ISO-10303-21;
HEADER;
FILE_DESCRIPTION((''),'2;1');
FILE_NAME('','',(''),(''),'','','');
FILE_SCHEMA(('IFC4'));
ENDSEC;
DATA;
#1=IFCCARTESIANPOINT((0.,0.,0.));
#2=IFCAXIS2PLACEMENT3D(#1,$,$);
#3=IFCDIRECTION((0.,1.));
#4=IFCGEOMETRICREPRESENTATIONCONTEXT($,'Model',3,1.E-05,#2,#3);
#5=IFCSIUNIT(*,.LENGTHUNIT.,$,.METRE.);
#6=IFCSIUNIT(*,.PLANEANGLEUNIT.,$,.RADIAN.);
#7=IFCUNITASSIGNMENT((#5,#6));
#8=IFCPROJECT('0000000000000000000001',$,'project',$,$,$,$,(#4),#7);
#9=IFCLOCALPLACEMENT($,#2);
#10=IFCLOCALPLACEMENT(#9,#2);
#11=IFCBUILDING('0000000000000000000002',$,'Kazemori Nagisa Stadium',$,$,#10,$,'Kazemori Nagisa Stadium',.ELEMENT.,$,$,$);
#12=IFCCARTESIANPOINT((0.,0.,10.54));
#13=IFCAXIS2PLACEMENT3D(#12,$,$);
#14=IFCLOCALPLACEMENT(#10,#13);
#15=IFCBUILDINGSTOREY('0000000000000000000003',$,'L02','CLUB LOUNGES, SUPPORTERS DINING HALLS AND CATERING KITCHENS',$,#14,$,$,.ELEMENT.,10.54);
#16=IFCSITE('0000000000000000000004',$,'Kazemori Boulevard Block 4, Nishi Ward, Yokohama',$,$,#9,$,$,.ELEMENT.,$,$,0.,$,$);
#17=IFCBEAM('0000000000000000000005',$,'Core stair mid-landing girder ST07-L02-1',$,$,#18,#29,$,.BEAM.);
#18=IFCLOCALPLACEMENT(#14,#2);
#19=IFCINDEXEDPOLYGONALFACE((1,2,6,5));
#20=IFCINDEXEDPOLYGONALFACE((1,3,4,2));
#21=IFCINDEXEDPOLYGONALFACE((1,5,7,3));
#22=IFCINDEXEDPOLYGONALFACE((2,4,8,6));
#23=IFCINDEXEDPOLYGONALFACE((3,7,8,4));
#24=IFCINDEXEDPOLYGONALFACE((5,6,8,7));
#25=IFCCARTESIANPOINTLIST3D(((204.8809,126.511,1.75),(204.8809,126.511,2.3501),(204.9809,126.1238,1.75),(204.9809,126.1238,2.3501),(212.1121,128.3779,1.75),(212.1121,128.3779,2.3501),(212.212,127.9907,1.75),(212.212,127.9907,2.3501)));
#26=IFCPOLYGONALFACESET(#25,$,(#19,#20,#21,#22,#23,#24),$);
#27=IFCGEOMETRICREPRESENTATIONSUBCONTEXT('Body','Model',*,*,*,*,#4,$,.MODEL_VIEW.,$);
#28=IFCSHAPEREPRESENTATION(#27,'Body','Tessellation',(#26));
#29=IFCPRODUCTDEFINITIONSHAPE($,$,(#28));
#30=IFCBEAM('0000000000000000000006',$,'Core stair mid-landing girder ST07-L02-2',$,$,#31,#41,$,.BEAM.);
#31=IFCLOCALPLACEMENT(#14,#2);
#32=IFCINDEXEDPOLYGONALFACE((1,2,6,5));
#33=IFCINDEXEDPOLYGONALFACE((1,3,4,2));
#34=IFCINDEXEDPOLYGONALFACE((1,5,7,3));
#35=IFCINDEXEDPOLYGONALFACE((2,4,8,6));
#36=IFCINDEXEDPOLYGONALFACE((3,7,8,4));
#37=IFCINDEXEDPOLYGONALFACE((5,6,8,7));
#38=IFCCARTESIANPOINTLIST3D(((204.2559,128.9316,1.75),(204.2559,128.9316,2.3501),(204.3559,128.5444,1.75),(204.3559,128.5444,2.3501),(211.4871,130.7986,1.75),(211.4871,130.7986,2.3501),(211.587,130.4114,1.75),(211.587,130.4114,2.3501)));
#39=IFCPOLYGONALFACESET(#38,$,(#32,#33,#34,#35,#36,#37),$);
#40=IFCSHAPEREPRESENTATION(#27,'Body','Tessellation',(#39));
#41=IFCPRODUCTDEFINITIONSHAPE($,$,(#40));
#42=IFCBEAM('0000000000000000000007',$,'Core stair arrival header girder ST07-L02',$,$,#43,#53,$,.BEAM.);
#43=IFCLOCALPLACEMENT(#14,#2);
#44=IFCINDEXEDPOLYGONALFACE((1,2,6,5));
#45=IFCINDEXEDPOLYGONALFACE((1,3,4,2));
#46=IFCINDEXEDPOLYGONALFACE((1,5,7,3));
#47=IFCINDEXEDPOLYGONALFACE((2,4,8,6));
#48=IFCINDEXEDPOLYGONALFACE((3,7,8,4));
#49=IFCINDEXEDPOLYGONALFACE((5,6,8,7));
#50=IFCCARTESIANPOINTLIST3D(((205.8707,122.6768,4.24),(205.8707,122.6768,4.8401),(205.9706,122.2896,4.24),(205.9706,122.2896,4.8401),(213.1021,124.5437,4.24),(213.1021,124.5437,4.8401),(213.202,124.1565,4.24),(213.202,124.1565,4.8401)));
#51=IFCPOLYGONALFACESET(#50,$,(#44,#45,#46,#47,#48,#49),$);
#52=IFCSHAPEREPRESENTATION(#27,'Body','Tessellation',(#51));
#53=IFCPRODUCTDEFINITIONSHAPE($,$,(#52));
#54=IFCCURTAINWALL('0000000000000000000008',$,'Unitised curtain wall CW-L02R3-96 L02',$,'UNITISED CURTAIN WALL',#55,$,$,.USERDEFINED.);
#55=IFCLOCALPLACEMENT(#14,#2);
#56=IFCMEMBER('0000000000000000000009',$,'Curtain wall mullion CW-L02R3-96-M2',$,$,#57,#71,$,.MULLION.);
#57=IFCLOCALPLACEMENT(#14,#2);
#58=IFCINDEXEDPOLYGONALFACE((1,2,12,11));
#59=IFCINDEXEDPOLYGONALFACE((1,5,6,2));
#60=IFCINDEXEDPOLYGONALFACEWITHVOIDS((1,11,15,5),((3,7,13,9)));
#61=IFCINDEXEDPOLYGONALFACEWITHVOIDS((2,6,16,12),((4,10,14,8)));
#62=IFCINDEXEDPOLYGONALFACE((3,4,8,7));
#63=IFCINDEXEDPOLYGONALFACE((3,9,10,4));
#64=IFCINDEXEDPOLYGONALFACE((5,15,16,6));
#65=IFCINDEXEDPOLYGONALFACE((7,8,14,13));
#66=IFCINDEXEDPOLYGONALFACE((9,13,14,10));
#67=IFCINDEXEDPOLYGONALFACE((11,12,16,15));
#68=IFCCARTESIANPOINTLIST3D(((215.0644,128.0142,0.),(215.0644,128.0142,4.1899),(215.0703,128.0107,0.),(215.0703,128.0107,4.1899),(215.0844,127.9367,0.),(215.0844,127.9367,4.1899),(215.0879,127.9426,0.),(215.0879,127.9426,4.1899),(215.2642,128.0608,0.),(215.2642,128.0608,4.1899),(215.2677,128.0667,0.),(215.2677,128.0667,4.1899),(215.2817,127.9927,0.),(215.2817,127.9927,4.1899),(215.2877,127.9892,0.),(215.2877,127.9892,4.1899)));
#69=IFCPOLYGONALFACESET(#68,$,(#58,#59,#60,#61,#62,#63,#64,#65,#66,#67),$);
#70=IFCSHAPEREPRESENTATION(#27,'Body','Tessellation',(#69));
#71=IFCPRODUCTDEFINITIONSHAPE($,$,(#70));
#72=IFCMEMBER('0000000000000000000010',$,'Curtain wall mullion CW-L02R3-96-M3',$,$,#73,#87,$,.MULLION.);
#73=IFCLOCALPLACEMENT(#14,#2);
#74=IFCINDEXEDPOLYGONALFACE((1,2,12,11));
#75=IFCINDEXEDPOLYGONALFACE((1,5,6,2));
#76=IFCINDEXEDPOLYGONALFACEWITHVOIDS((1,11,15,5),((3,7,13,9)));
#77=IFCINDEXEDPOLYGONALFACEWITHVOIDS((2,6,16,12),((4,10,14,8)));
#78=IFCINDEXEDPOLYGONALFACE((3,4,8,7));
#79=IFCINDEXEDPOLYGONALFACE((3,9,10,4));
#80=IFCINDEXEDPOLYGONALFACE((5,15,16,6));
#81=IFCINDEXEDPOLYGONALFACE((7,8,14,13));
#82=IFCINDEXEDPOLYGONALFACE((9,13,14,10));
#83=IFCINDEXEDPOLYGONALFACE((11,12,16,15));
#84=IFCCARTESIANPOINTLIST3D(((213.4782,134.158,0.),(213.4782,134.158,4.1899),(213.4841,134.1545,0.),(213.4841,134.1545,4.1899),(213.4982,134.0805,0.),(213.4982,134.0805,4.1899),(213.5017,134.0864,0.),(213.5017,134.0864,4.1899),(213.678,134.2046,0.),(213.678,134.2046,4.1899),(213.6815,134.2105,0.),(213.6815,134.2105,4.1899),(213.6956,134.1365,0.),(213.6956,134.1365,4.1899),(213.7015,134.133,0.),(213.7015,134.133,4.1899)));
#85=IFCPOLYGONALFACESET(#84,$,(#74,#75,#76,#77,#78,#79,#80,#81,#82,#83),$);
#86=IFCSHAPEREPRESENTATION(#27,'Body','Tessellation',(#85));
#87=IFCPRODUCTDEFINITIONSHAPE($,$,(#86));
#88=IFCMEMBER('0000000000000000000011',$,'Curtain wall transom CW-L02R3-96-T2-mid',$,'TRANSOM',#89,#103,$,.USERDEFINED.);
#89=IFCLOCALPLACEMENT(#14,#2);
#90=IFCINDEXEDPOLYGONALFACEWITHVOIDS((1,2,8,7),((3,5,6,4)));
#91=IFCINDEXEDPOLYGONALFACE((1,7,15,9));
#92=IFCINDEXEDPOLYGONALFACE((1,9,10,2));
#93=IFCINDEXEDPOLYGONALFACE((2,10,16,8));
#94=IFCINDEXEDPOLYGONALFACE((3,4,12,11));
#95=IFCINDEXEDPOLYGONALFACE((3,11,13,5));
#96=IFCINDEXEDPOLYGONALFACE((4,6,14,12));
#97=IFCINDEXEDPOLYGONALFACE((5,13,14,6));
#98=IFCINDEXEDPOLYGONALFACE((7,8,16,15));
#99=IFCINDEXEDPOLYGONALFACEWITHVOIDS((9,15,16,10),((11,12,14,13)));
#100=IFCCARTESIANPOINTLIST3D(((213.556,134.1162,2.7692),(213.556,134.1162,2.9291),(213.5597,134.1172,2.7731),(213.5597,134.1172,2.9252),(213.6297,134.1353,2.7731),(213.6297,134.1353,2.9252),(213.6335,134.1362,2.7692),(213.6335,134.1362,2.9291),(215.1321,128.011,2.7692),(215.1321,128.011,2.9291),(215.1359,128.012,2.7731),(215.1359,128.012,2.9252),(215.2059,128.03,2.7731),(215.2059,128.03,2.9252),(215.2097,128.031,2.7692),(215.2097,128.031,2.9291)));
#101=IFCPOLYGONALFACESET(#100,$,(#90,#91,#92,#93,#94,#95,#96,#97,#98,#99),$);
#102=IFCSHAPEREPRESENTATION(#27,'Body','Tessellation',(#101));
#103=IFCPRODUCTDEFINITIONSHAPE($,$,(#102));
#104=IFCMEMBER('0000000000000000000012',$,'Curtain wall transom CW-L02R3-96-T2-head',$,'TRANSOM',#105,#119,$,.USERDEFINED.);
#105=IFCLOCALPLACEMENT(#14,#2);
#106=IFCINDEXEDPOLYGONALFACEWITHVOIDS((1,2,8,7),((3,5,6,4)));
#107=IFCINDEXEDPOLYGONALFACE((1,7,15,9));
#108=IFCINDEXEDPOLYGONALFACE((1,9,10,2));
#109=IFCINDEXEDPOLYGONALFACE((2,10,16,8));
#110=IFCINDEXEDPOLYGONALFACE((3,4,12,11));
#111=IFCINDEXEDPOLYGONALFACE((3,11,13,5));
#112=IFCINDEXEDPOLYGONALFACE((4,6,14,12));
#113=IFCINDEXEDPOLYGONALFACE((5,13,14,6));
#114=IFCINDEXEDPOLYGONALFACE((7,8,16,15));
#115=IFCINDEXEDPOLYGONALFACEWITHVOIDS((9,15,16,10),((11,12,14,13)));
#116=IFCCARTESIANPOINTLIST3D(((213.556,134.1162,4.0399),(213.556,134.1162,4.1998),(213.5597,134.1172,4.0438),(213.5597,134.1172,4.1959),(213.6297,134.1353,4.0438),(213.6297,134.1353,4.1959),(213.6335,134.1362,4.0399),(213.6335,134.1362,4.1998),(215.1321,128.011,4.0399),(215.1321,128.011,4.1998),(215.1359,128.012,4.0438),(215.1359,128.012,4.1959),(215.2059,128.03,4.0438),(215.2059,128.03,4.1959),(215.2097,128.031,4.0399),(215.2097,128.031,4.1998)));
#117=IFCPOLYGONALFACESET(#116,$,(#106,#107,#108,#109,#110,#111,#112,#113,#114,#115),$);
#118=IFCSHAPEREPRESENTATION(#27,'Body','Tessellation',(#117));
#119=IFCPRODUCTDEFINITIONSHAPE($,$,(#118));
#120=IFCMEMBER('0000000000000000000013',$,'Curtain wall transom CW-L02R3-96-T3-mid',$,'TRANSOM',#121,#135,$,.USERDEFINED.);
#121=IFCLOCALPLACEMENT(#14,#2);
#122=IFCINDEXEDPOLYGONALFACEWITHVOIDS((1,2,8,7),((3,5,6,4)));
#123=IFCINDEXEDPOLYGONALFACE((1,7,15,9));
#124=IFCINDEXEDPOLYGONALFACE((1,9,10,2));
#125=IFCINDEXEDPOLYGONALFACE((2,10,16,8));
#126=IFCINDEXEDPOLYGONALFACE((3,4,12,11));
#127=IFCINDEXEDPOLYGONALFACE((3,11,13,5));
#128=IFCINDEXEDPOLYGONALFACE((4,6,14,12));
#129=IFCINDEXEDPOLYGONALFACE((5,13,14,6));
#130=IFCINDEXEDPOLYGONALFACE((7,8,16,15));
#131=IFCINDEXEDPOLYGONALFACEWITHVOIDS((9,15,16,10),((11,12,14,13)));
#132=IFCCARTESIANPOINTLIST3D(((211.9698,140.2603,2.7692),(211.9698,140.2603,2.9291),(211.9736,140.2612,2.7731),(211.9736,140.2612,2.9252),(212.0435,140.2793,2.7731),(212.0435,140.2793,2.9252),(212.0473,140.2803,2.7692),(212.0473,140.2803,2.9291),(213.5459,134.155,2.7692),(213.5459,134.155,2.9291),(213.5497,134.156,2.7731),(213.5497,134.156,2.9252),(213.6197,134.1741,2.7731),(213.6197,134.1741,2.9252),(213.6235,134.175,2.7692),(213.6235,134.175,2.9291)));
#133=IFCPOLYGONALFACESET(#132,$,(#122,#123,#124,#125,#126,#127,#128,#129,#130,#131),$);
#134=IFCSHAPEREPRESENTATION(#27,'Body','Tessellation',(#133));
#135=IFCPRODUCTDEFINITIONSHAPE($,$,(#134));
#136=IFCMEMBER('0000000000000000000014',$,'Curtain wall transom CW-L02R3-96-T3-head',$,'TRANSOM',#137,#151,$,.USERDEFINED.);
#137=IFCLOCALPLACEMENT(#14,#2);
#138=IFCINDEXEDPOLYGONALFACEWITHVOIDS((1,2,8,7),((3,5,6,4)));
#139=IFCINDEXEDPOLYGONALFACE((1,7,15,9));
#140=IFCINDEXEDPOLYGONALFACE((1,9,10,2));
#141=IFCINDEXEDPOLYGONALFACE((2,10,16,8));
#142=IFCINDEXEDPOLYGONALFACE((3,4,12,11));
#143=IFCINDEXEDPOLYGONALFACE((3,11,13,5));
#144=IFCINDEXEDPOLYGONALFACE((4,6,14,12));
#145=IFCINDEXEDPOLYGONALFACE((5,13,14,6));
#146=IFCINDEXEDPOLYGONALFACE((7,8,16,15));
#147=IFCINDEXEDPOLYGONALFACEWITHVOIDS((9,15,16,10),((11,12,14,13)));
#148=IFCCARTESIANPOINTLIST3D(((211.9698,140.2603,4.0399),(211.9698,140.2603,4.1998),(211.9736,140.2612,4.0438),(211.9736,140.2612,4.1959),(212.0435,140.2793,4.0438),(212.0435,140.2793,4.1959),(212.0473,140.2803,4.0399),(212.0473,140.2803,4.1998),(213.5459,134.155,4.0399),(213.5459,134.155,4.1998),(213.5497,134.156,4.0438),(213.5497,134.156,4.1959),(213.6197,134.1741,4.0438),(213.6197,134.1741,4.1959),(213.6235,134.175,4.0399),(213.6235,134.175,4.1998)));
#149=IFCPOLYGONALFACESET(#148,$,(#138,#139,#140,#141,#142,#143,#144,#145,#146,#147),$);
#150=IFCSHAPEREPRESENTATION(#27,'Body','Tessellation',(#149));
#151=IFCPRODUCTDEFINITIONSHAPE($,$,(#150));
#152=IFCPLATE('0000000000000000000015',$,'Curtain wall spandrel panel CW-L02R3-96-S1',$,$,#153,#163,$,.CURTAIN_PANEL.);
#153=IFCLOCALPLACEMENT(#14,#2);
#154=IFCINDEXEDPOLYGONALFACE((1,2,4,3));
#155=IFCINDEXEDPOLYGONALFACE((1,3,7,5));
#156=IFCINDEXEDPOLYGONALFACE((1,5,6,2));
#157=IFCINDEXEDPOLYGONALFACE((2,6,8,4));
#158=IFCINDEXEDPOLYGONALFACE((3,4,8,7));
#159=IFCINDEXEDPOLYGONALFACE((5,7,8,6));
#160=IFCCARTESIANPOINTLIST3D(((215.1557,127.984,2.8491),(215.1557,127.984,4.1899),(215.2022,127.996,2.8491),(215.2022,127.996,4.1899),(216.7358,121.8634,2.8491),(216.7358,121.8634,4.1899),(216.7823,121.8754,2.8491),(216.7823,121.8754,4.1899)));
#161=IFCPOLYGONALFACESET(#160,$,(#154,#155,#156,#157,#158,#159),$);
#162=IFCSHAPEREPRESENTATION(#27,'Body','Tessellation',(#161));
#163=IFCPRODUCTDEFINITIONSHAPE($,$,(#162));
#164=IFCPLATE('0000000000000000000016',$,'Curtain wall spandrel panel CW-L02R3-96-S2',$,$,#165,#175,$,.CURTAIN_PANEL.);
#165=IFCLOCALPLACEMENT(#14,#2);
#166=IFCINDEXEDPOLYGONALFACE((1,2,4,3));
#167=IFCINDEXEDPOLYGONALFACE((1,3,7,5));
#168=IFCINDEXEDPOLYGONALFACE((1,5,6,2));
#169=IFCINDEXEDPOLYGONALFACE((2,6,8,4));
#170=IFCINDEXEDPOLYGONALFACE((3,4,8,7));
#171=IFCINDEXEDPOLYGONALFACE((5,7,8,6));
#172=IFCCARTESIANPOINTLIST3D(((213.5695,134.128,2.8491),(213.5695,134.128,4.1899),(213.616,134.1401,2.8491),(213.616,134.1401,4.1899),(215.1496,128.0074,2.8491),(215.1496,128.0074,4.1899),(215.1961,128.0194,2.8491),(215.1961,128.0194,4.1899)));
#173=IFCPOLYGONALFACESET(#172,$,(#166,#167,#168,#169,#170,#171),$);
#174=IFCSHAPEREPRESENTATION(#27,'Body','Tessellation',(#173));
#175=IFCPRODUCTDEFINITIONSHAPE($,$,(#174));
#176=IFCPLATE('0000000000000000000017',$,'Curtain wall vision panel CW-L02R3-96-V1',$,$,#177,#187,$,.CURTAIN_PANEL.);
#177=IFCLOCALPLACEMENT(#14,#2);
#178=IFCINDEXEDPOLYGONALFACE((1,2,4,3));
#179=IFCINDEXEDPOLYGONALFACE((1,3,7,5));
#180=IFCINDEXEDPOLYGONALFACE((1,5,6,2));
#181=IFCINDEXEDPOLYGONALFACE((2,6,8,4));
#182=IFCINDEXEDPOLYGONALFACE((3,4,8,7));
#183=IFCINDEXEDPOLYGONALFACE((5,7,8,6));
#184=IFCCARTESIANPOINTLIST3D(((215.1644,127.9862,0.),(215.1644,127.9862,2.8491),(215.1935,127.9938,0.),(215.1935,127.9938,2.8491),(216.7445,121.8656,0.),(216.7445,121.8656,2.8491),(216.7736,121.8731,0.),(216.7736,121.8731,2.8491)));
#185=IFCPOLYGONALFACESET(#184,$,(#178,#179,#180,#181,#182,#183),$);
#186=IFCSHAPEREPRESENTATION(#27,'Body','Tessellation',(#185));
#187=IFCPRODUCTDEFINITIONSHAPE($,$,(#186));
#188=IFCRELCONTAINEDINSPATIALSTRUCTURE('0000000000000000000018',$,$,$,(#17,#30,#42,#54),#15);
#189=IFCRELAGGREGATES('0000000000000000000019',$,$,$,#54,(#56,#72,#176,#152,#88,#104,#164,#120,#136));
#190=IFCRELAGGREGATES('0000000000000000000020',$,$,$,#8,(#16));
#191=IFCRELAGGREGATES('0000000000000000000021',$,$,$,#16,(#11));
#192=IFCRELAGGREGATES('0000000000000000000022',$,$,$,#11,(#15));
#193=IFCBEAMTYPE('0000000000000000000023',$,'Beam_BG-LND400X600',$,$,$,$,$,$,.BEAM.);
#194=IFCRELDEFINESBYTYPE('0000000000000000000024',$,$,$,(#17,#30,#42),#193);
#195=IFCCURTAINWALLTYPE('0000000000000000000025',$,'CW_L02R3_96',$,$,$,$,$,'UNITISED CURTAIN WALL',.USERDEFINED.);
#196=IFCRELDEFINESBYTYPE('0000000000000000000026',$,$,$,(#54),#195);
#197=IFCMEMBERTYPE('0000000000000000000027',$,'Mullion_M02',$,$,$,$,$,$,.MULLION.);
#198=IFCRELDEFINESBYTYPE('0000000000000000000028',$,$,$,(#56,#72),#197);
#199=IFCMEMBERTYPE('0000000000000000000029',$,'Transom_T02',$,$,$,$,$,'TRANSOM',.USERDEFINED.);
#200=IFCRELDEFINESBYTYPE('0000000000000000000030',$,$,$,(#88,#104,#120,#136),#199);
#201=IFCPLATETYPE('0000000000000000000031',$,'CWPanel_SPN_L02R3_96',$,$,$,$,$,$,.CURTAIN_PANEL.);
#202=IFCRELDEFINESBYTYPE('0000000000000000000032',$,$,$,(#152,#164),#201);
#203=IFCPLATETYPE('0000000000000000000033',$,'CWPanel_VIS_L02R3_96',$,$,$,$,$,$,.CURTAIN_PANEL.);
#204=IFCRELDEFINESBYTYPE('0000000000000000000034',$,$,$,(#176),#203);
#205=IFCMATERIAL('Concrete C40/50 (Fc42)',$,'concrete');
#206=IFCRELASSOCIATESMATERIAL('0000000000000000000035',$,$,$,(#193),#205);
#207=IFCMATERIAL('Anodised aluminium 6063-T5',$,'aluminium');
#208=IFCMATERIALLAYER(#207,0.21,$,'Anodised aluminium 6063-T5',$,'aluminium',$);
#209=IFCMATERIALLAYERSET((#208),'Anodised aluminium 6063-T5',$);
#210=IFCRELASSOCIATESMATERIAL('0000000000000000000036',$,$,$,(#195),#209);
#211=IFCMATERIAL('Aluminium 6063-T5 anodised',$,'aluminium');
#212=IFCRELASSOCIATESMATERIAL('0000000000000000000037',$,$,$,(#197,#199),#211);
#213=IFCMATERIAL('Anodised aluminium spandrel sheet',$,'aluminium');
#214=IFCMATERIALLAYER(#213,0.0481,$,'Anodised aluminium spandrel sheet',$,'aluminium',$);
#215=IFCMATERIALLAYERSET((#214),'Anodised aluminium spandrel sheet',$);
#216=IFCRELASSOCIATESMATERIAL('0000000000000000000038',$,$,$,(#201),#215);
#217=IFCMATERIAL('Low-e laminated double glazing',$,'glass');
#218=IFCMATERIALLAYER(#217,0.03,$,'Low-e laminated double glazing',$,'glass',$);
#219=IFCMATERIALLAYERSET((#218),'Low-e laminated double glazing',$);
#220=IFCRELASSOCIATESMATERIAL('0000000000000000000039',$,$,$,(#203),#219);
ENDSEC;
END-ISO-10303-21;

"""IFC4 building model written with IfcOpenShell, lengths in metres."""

from ifc_helpers import new_model, si_unit, direction, frame, origin, origin_2d, place, context, subcontext, project, spatial, rectangle, hollow_rectangle, extrude, material, layer, layer_set, material_profile, profile_set, type_object, element, aggregate, save


model = new_model("IFC4")

# Units and contexts
model_context = context("Model", 3, precision=1e-05, world=origin(), true_north=direction((0.0, 1.0)))
body_context = subcontext(model_context, "Body", "Model", "MODEL_VIEW")
ifc_project = project(units=[si_unit("LENGTHUNIT", "METRE"), si_unit("PLANEANGLEUNIT", "RADIAN")], contexts=[model_context])

# Site, building, storey
site_placement = place(None, origin())
site = spatial("IfcSite", under=ifc_project, at=site_placement, Name="Kazemori Boulevard Block 4, Nishi Ward, Yokohama", CompositionType="ELEMENT", RefElevation=0.0)
building_placement = place(site_placement, origin())
building = spatial("IfcBuilding", under=site, at=building_placement, Name="Kazemori Nagisa Stadium", LongName="Kazemori Nagisa Stadium", CompositionType="ELEMENT")
storey_placement = place(building_placement, frame((0.0, 0.0, 10.54)))
storey = spatial("IfcBuildingStorey", under=building, at=storey_placement, Name="L02", Description="CLUB LOUNGES, SUPPORTERS DINING HALLS AND CATERING KITCHENS", CompositionType="ELEMENT", Elevation=10.54)

# Beams
ifc_material_1 = material(Name="Concrete C40/50 (Fc42)", Category="concrete")
ifc_material_profile_1 = material_profile(ifc_material_1, rectangle(XDim=0.3999, YDim=0.6001, at=origin_2d()), Name="RC-BM-400x600")
ifc_profile_set_1 = profile_set([ifc_material_profile_1], Name="Concrete C40/50 (Fc42)")
beam_type = type_object("IfcBeamType", Name="Beam_BG-LND400X600", PredefinedType="BEAM", material=ifc_profile_set_1)
for number, where, z_axis, x_axis, name in (
    (1, (204.9309, 126.3174, 2.05), (0.968251, 0.249982, 0.0), (-0.249982, 0.968251, 0.0), "Core stair mid-landing girder ST07-L02-1"),
    (2, (204.3059, 128.738, 2.05), (0.968251, 0.249982, 0.0), (-0.249982, 0.968251, 0.0), "Core stair mid-landing girder ST07-L02-2"),
):
    element("IfcBeam", number, at=place(storey_placement, frame(where, z_axis=z_axis, x_axis=x_axis)), inside=storey, type_object=beam_type, Name=name, PredefinedType="BEAM", context=body_context, shape_type="SweptSolid", body=[
        extrude(rectangle(XDim=0.3999, YDim=0.6001, at=origin_2d()), origin(), (0.0, 0.0, 1.0), 7.4683),
    ])
beam_placement = place(storey_placement, frame((205.9207, 122.4832, 4.54), z_axis=(0.968253, 0.249974, 0.0), x_axis=(-0.249974, 0.968253, 0.0)))
element("IfcBeam", 3, at=beam_placement, inside=storey, type_object=beam_type, Name="Core stair arrival header girder ST07-L02", PredefinedType="BEAM", context=body_context, shape_type="SweptSolid", body=[
    extrude(rectangle(XDim=0.3999, YDim=0.6001, at=origin_2d()), origin(), (0.0, 0.0, 1.0), 7.4685),
])

# Curtain wall, members, plates
ifc_material_2 = material(Name="Anodised aluminium 6063-T5", Category="aluminium")
ifc_layer_1 = layer(ifc_material_2, 0.21, Name="Anodised aluminium 6063-T5", Category="aluminium")
ifc_layer_set_1 = layer_set([ifc_layer_1], Name="Anodised aluminium 6063-T5")
curtain_wall_type = type_object("IfcCurtainWallType", Name="CW_L02R3_96", ElementType="UNITISED CURTAIN WALL", PredefinedType="USERDEFINED", material=ifc_layer_set_1)
curtain_wall_placement = place(storey_placement, origin())
curtain_wall = element("IfcCurtainWall", 4, at=curtain_wall_placement, inside=storey, type_object=curtain_wall_type, Name="Unitised curtain wall CW-L02R3-96 L02", ObjectType="UNITISED CURTAIN WALL", PredefinedType="USERDEFINED")
ifc_material_3 = material(Name="Aluminium 6063-T5 anodised", Category="aluminium")
ifc_material_profile_2 = material_profile(ifc_material_3, hollow_rectangle(XDim=0.0801, YDim=0.21, WallThickness=0.0049, at=origin_2d()), Name="ALU-MULL-80x210x5")
ifc_profile_set_2 = profile_set([ifc_material_profile_2], Name="Aluminium 6063-T5 anodised")
member_type_1 = type_object("IfcMemberType", Name="Mullion_M02", PredefinedType="MULLION", material=ifc_profile_set_2)
member_1_placement = place(storey_placement, frame((215.176, 128.0017, 0.0), z_axis=(0.0, 0.0, 1.0), x_axis=(-0.249965, 0.968255, 0.0)))
member_1 = element("IfcMember", 5, at=member_1_placement, type_object=member_type_1, Name="Curtain wall mullion CW-L02R3-96-M2", PredefinedType="MULLION", context=body_context, shape_type="SweptSolid", body=[
    extrude(hollow_rectangle(XDim=0.0801, YDim=0.21, WallThickness=0.0049, at=origin_2d()), origin(), (0.0, 0.0, 1.0), 4.1899),
])
member_2_placement = place(storey_placement, frame((213.5898, 134.1455, 0.0), z_axis=(0.0, 0.0, 1.0), x_axis=(-0.249965, 0.968255, 0.0)))
member_2 = element("IfcMember", 6, at=member_2_placement, type_object=member_type_1, Name="Curtain wall mullion CW-L02R3-96-M3", PredefinedType="MULLION", context=body_context, shape_type="SweptSolid", body=[
    extrude(hollow_rectangle(XDim=0.0801, YDim=0.21, WallThickness=0.0049, at=origin_2d()), origin(), (0.0, 0.0, 1.0), 4.1899),
])
ifc_material_profile_3 = material_profile(ifc_material_3, hollow_rectangle(XDim=0.0801, YDim=0.1599, WallThickness=0.0039, at=origin_2d()), Name="ALU-TRAN-80x160x4")
ifc_profile_set_3 = profile_set([ifc_material_profile_3], Name="Aluminium 6063-T5 anodised")
member_type_2 = type_object("IfcMemberType", Name="Transom_T02", ElementType="TRANSOM", PredefinedType="USERDEFINED", material=ifc_profile_set_3)
member_3_placement = place(storey_placement, frame((215.1709, 128.021, 2.8491), z_axis=(-0.249972, 0.968253, 0.0), x_axis=(-0.968253, -0.249972, 0.0)))
member_3 = element("IfcMember", 7, at=member_3_placement, type_object=member_type_2, Name="Curtain wall transom CW-L02R3-96-T2-mid", ObjectType="TRANSOM", PredefinedType="USERDEFINED", context=body_context, shape_type="SweptSolid", body=[
    extrude(hollow_rectangle(XDim=0.0801, YDim=0.1599, WallThickness=0.0039, at=origin_2d()), origin(), (0.0, 0.0, 1.0), 6.3054),
])
member_4_placement = place(storey_placement, frame((215.1709, 128.021, 4.1199), z_axis=(-0.249972, 0.968253, 0.0), x_axis=(-0.968253, -0.249972, 0.0)))
member_4 = element("IfcMember", 8, at=member_4_placement, type_object=member_type_2, Name="Curtain wall transom CW-L02R3-96-T2-head", ObjectType="TRANSOM", PredefinedType="USERDEFINED", context=body_context, shape_type="SweptSolid", body=[
    extrude(hollow_rectangle(XDim=0.0801, YDim=0.1599, WallThickness=0.0039, at=origin_2d()), origin(), (0.0, 0.0, 1.0), 6.3054),
])
member_5_placement = place(storey_placement, frame((213.5847, 134.165, 2.8491), z_axis=(-0.249972, 0.968253, 0.0), x_axis=(-0.968253, -0.249972, 0.0)))
member_5 = element("IfcMember", 9, at=member_5_placement, type_object=member_type_2, Name="Curtain wall transom CW-L02R3-96-T3-mid", ObjectType="TRANSOM", PredefinedType="USERDEFINED", context=body_context, shape_type="SweptSolid", body=[
    extrude(hollow_rectangle(XDim=0.0801, YDim=0.1599, WallThickness=0.0039, at=origin_2d()), origin(), (0.0, 0.0, 1.0), 6.3054),
])
member_6_placement = place(storey_placement, frame((213.5847, 134.165, 4.1199), z_axis=(-0.249972, 0.968253, 0.0), x_axis=(-0.968253, -0.249972, 0.0)))
member_6 = element("IfcMember", 10, at=member_6_placement, type_object=member_type_2, Name="Curtain wall transom CW-L02R3-96-T3-head", ObjectType="TRANSOM", PredefinedType="USERDEFINED", context=body_context, shape_type="SweptSolid", body=[
    extrude(hollow_rectangle(XDim=0.0801, YDim=0.1599, WallThickness=0.0039, at=origin_2d()), origin(), (0.0, 0.0, 1.0), 6.3054),
])
ifc_material_4 = material(Name="Anodised aluminium spandrel sheet", Category="aluminium")
ifc_layer_2 = layer(ifc_material_4, 0.0481, Name="Anodised aluminium spandrel sheet", Category="aluminium")
ifc_layer_set_2 = layer_set([ifc_layer_2], Name="Anodised aluminium spandrel sheet")
plate_type_1 = type_object("IfcPlateType", Name="CWPanel_SPN_L02R3_96", PredefinedType="CURTAIN_PANEL", material=ifc_layer_set_2)
plate_1_placement = place(storey_placement, frame((215.969, 124.9297, 2.8491), z_axis=(0.0, 0.0, 1.0), x_axis=(-0.249965, 0.968255, 0.0)))
plate_1 = element("IfcPlate", 11, at=plate_1_placement, type_object=plate_type_1, Name="Curtain wall spandrel panel CW-L02R3-96-S1", PredefinedType="CURTAIN_PANEL", context=body_context, shape_type="SweptSolid", body=[
    extrude(rectangle(XDim=6.3213, YDim=0.0481, at=origin_2d()), origin(), (0.0, 0.0, 1.0), 1.3408),
])
plate_2_placement = place(storey_placement, frame((214.3828, 131.0737, 2.8491), z_axis=(0.0, 0.0, 1.0), x_axis=(-0.249965, 0.968255, 0.0)))
plate_2 = element("IfcPlate", 12, at=plate_2_placement, type_object=plate_type_1, Name="Curtain wall spandrel panel CW-L02R3-96-S2", PredefinedType="CURTAIN_PANEL", context=body_context, shape_type="SweptSolid", body=[
    extrude(rectangle(XDim=6.3213, YDim=0.0481, at=origin_2d()), origin(), (0.0, 0.0, 1.0), 1.3408),
])
ifc_material_5 = material(Name="Low-e laminated double glazing", Category="glass")
ifc_layer_3 = layer(ifc_material_5, 0.03, Name="Low-e laminated double glazing", Category="glass")
ifc_layer_set_3 = layer_set([ifc_layer_3], Name="Low-e laminated double glazing")
plate_type_2 = type_object("IfcPlateType", Name="CWPanel_VIS_L02R3_96", PredefinedType="CURTAIN_PANEL", material=ifc_layer_set_3)
plate_3_placement = place(storey_placement, frame((215.969, 124.9297, 0.0), z_axis=(0.0, 0.0, 1.0), x_axis=(-0.249965, 0.968255, 0.0)))
plate_3 = element("IfcPlate", 13, at=plate_3_placement, type_object=plate_type_2, Name="Curtain wall vision panel CW-L02R3-96-V1", PredefinedType="CURTAIN_PANEL", context=body_context, shape_type="SweptSolid", body=[
    extrude(rectangle(XDim=6.3213, YDim=0.03, at=origin_2d()), origin(), (0.0, 0.0, 1.0), 2.8491),
])
aggregate(curtain_wall, [member_1, member_2, plate_3, plate_1, member_3, member_4, plate_2, member_5, member_6])

save(model, "model.ifc")
